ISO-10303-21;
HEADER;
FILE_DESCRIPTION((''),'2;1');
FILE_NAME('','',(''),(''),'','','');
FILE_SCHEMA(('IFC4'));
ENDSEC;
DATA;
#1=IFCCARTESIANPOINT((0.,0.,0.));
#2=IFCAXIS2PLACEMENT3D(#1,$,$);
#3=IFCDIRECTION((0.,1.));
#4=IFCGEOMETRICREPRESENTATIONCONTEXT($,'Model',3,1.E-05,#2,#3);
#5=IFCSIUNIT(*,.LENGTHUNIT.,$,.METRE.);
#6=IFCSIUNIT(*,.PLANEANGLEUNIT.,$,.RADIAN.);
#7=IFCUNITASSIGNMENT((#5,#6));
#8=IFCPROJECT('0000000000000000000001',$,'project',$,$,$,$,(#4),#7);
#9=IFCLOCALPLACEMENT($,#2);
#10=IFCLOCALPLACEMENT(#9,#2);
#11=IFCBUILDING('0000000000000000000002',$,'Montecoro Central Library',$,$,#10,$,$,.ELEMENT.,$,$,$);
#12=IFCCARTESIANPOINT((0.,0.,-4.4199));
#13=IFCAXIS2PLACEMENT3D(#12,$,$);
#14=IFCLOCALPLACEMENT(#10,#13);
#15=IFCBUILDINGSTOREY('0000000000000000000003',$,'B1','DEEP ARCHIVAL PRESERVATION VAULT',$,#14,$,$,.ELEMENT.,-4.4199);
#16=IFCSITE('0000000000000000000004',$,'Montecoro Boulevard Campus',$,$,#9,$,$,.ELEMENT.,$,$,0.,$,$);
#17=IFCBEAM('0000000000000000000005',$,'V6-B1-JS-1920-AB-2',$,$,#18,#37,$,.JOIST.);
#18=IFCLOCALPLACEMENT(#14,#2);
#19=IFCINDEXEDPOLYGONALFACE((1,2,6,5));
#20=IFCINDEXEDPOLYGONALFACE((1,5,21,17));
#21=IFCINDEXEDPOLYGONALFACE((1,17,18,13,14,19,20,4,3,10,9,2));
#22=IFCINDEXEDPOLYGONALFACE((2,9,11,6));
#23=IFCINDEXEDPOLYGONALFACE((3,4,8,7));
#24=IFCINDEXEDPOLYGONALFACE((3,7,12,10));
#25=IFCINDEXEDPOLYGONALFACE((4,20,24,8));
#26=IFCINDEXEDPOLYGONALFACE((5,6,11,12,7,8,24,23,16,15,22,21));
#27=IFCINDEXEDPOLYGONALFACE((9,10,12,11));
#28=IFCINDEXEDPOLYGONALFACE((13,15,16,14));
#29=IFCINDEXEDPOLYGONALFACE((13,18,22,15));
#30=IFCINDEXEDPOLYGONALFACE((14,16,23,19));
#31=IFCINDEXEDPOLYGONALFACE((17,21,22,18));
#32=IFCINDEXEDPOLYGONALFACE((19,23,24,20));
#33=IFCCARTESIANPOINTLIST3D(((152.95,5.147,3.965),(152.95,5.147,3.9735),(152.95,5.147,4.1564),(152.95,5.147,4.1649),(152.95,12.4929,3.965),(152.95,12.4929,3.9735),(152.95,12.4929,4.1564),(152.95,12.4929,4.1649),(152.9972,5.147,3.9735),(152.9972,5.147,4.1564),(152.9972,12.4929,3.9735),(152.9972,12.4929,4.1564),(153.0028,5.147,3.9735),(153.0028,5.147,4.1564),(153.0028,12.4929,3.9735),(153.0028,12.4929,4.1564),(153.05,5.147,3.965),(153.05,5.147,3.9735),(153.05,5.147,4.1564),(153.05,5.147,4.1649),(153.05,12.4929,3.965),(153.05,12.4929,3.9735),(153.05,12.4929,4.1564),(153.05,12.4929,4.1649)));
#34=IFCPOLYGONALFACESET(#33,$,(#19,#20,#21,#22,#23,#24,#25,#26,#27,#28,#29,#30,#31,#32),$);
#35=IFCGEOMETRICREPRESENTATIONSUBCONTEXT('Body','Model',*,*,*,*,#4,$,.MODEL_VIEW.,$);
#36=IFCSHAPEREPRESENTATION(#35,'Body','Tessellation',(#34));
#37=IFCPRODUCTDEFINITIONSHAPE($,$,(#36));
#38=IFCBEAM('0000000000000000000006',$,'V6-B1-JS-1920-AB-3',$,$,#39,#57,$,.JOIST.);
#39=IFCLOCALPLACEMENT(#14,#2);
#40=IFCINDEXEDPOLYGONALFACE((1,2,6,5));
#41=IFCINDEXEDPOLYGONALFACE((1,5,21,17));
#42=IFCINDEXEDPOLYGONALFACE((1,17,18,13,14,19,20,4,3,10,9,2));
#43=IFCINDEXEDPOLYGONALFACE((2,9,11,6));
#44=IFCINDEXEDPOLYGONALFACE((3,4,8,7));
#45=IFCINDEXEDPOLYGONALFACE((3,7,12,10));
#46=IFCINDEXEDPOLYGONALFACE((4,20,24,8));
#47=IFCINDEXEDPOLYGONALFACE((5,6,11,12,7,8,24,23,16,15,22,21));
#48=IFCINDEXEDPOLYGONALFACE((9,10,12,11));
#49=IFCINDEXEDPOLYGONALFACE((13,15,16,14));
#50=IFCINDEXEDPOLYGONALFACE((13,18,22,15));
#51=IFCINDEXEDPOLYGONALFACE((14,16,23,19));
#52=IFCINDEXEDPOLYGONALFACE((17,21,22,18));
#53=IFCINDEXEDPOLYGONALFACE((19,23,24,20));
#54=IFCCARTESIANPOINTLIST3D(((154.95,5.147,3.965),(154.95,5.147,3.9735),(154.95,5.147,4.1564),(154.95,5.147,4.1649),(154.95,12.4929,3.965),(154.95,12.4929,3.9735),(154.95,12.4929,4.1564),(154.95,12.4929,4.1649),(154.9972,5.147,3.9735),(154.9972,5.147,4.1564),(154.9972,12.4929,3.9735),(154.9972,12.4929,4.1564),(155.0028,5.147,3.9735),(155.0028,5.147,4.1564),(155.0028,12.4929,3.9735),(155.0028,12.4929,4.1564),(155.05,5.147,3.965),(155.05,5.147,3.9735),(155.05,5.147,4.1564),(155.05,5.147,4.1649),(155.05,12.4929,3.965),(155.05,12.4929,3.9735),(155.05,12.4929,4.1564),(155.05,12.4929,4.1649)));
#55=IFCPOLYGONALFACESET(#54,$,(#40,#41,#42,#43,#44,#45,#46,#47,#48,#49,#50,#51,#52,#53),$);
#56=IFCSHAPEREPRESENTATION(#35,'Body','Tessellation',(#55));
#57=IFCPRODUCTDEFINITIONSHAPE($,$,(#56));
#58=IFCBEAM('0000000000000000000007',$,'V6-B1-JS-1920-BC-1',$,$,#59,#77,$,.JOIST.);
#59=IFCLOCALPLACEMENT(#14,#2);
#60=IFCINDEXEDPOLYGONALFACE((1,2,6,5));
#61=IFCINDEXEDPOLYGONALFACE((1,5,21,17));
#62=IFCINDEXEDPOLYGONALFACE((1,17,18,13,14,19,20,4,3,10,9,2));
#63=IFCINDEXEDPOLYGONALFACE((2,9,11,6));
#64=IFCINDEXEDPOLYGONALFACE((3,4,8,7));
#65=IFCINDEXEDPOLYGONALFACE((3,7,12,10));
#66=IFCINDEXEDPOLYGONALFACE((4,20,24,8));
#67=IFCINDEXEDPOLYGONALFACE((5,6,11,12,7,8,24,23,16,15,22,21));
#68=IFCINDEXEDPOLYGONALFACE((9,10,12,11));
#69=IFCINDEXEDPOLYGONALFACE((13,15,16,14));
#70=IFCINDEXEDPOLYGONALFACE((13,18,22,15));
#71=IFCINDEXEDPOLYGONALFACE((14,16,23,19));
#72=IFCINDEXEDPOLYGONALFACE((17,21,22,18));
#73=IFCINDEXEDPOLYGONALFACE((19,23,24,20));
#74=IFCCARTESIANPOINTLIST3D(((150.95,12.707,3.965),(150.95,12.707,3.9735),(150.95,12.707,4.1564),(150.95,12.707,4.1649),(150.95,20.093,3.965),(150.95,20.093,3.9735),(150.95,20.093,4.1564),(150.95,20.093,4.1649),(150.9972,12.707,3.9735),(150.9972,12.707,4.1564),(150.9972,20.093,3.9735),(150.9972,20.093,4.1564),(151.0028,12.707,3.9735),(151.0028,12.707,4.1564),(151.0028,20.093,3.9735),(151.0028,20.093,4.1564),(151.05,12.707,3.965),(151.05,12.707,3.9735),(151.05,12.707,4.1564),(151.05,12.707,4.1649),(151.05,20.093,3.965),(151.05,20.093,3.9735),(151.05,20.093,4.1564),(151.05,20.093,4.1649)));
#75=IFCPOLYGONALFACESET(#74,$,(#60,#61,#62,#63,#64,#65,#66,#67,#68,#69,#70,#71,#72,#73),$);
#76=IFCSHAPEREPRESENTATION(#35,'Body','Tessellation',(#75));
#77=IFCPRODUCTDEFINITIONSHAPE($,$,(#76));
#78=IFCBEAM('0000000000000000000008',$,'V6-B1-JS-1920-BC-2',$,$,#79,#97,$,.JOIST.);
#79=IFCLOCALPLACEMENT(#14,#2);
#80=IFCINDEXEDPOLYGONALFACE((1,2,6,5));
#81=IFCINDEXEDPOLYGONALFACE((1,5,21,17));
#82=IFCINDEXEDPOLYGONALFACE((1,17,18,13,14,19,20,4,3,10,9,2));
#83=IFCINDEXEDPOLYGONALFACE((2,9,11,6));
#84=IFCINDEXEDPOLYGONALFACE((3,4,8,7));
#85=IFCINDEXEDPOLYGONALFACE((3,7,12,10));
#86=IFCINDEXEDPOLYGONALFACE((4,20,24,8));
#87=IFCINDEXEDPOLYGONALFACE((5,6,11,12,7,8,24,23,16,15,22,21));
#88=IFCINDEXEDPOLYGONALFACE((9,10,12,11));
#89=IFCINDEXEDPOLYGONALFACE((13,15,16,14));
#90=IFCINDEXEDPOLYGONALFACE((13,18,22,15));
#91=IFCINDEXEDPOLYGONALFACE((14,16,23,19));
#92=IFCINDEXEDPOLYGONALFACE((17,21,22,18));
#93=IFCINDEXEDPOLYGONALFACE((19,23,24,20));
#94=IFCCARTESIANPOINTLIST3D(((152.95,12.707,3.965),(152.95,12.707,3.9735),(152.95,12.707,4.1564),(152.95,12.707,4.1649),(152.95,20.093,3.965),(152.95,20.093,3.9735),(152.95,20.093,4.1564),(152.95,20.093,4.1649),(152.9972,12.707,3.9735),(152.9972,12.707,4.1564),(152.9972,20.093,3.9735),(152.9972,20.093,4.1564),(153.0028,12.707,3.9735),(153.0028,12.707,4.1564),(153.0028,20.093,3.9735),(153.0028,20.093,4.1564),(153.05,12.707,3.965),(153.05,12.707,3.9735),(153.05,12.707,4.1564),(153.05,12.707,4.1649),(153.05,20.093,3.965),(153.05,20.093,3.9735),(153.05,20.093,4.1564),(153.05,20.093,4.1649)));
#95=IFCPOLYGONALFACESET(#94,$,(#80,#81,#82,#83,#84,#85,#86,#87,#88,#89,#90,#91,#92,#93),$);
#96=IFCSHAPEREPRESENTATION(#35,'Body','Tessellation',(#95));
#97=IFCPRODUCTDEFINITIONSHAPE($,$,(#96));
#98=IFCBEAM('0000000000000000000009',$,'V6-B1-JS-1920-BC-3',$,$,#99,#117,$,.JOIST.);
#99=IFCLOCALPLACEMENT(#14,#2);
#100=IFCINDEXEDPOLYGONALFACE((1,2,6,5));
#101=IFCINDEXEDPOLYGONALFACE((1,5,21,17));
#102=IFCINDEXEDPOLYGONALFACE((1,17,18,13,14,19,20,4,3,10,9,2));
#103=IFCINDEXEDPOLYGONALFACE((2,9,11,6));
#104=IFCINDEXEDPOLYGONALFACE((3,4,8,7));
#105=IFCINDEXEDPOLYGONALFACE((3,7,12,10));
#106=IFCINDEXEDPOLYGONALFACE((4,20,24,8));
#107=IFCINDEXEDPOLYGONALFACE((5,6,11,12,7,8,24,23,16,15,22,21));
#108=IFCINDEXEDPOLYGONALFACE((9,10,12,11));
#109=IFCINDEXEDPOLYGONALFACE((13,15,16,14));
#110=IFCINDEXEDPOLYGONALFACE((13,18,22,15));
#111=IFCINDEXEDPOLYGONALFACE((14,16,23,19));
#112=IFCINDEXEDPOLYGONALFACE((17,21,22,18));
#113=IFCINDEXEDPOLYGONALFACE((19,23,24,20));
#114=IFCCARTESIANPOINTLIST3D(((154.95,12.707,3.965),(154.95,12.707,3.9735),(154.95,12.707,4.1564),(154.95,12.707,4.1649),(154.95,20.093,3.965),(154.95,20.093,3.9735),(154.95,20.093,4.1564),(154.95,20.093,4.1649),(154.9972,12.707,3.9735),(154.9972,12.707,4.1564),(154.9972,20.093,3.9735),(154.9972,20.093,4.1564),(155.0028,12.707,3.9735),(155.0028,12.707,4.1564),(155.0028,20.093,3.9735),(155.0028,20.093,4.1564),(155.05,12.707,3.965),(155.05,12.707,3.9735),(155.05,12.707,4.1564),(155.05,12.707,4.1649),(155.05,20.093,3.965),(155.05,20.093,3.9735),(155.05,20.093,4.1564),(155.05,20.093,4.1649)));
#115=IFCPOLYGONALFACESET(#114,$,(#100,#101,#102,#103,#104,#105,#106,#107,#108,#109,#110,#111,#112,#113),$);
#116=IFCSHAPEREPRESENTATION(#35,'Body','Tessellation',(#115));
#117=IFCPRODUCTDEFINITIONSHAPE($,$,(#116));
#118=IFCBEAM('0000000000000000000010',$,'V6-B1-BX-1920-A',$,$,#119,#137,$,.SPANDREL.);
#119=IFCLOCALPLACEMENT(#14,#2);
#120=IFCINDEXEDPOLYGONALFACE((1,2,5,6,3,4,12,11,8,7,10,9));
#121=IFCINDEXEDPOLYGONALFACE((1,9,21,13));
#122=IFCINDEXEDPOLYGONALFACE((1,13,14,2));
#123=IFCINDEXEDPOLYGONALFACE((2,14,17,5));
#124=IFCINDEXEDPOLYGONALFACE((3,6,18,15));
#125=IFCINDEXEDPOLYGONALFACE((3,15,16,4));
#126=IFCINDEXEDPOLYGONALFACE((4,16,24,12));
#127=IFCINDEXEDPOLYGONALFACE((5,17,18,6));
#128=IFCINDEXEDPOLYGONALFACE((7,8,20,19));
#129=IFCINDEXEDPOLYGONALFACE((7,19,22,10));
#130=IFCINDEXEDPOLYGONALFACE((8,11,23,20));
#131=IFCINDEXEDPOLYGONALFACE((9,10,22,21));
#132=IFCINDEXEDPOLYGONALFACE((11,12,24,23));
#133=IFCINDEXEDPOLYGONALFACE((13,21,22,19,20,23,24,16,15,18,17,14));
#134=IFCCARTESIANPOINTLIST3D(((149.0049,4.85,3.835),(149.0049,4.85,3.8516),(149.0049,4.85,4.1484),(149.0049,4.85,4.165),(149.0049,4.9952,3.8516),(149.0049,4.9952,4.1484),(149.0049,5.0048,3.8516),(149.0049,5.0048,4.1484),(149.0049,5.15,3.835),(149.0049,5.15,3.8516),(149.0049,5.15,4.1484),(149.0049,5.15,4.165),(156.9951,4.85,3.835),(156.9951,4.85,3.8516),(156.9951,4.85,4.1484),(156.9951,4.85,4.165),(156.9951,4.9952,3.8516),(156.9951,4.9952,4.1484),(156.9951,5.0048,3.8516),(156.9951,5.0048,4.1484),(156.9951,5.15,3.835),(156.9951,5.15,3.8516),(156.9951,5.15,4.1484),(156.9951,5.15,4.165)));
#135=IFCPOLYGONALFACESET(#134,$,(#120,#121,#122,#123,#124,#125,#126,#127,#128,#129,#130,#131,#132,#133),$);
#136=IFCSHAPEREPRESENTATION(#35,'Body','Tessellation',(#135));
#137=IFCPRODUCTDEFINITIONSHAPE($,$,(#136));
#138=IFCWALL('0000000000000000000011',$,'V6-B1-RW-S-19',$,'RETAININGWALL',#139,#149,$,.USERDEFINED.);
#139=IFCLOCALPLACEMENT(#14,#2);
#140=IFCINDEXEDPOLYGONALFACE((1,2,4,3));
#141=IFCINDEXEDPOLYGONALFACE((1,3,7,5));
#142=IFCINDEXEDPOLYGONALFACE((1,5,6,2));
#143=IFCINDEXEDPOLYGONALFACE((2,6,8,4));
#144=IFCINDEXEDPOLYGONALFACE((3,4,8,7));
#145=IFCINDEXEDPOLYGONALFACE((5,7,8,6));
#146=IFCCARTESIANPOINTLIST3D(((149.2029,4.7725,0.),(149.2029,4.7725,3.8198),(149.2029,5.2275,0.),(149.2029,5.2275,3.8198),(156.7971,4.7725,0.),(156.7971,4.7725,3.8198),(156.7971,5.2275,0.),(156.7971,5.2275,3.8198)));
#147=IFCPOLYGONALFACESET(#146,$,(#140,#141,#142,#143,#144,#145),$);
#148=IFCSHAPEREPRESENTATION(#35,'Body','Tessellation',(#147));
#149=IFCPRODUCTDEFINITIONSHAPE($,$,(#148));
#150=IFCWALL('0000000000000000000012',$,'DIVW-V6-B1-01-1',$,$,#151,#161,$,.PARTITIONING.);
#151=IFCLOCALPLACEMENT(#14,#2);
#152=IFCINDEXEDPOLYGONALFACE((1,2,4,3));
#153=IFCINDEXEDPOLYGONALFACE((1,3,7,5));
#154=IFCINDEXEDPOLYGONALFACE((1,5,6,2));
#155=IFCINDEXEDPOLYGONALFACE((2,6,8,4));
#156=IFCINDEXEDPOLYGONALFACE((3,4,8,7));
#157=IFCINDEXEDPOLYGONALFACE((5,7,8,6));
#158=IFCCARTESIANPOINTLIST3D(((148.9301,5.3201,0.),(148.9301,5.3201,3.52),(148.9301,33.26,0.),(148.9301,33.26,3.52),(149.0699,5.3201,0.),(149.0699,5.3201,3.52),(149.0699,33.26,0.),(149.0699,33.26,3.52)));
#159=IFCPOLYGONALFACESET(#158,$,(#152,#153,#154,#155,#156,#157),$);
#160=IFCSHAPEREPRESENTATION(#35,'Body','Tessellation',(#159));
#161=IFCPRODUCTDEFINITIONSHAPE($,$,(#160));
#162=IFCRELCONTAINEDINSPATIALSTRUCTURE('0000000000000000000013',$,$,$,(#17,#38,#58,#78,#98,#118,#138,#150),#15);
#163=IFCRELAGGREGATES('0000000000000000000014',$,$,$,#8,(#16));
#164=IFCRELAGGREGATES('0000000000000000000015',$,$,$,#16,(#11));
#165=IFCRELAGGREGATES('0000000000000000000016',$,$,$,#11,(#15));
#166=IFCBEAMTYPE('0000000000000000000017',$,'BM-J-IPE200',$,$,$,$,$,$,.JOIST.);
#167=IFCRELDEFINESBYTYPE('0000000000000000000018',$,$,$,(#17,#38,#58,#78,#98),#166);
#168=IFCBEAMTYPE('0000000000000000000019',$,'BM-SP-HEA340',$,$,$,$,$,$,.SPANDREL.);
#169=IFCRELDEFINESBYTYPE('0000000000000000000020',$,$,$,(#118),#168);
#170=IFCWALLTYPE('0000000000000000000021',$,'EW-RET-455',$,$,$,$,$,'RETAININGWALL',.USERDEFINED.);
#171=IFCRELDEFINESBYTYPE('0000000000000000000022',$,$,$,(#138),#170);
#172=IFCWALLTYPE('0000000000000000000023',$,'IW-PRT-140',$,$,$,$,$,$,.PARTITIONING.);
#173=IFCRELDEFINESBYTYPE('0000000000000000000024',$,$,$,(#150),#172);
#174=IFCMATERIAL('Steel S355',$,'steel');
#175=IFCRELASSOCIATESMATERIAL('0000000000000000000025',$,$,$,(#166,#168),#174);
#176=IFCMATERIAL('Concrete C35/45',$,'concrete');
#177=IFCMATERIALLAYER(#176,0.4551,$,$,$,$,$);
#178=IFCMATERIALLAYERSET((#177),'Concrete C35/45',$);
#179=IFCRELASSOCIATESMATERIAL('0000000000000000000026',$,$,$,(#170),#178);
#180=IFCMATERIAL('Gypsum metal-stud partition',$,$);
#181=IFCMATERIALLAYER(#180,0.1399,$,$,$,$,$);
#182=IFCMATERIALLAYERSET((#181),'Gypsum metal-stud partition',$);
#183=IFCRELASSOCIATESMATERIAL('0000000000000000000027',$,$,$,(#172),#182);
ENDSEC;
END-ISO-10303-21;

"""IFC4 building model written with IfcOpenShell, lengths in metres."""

from ifc_helpers import new_model, si_unit, direction, frame, frame_2d, origin, origin_2d, place, context, subcontext, project, spatial, rectangle, i_section, extrude, material, layer, layer_set, material_profile, profile_set, type_object, element, save


model = new_model("IFC4")

# Units and contexts
model_context = context("Model", 3, precision=1e-05, world=origin(), true_north=direction((0.0, 1.0)))
body_context = subcontext(model_context, "Body", "Model", "MODEL_VIEW")
ifc_project = project(units=[si_unit("LENGTHUNIT", "METRE"), si_unit("PLANEANGLEUNIT", "RADIAN")], contexts=[model_context])

# Site, building, storey
site_placement = place(None, origin())
site = spatial("IfcSite", under=ifc_project, at=site_placement, Name="Montecoro Boulevard Campus", CompositionType="ELEMENT", RefElevation=0.0)
building_placement = place(site_placement, origin())
building = spatial("IfcBuilding", under=site, at=building_placement, Name="Montecoro Central Library", CompositionType="ELEMENT")
storey_placement = place(building_placement, frame((0.0, 0.0, -4.4199)))
storey = spatial("IfcBuildingStorey", under=building, at=storey_placement, Name="B1", Description="DEEP ARCHIVAL PRESERVATION VAULT", CompositionType="ELEMENT", Elevation=-4.4199)

# Shared definitions
ifc_material_1 = material(Name="Concrete C35/45", Category="concrete")

# Beams
ifc_material_2 = material(Name="Steel S355", Category="steel")
ifc_material_profile_1 = material_profile(ifc_material_2, i_section(OverallWidth=0.1001, OverallDepth=0.2, WebThickness=0.0056, FlangeThickness=0.0085, at=origin_2d()), Name="IPE 200")
ifc_profile_set_1 = profile_set([ifc_material_profile_1], Name="Steel S355")
beam_type_1 = type_object("IfcBeamType", Name="BM-J-IPE200", PredefinedType="JOIST", material=ifc_profile_set_1)
for number, where, z_axis, x_axis, name in (
    (1, (153.0, 5.147, 4.0649), (0.0, 1.0, 0.0), (-1.0, 0.0, 0.0), "V6-B1-JS-1920-AB-2"),
    (2, (155.0, 5.147, 4.0649), (0.0, 1.0, 0.0), (-1.0, 0.0, 0.0), "V6-B1-JS-1920-AB-3"),
):
    element("IfcBeam", number, at=place(storey_placement, frame(where, z_axis=z_axis, x_axis=x_axis)), inside=storey, type_object=beam_type_1, Name=name, PredefinedType="JOIST", context=body_context, shape_type="SweptSolid", body=[
        extrude(i_section(OverallWidth=0.1001, OverallDepth=0.2, WebThickness=0.0056, FlangeThickness=0.0085, at=origin_2d()), origin(), (0.0, 0.0, 1.0), 7.3459),
    ])
for number, where, z_axis, x_axis, name in (
    (3, (151.0, 12.707, 4.0649), (0.0, 1.0, 0.0), (-1.0, 0.0, 0.0), "V6-B1-JS-1920-BC-1"),
    (4, (153.0, 12.707, 4.0649), (0.0, 1.0, 0.0), (-1.0, 0.0, 0.0), "V6-B1-JS-1920-BC-2"),
    (5, (155.0, 12.707, 4.0649), (0.0, 1.0, 0.0), (-1.0, 0.0, 0.0), "V6-B1-JS-1920-BC-3"),
):
    element("IfcBeam", number, at=place(storey_placement, frame(where, z_axis=z_axis, x_axis=x_axis)), inside=storey, type_object=beam_type_1, Name=name, PredefinedType="JOIST", context=body_context, shape_type="SweptSolid", body=[
        extrude(i_section(OverallWidth=0.1001, OverallDepth=0.2, WebThickness=0.0056, FlangeThickness=0.0085, at=origin_2d()), origin(), (0.0, 0.0, 1.0), 7.386),
    ])
ifc_material_profile_2 = material_profile(ifc_material_2, i_section(OverallWidth=0.3, OverallDepth=0.3301, WebThickness=0.0095, FlangeThickness=0.0166, at=origin_2d()), Name="HEA 340")
ifc_profile_set_2 = profile_set([ifc_material_profile_2], Name="Steel S355")
beam_type_2 = type_object("IfcBeamType", Name="BM-SP-HEA340", PredefinedType="SPANDREL", material=ifc_profile_set_2)
beam_1_placement = place(storey_placement, frame((149.0049, 5.0, 4.0), z_axis=(1.0, 0.0, 0.0), x_axis=(0.0, 1.0, 0.0)))
element("IfcBeam", 6, at=beam_1_placement, inside=storey, type_object=beam_type_2, Name="V6-B1-BX-1920-A", PredefinedType="SPANDREL", context=body_context, shape_type="SweptSolid", body=[
    extrude(i_section(OverallWidth=0.3, OverallDepth=0.3301, WebThickness=0.0095, FlangeThickness=0.0166, at=origin_2d()), origin(), (0.0, 0.0, 1.0), 7.9902),
])

# Walls
ifc_layer_1 = layer(ifc_material_1, 0.4551)
ifc_layer_set_1 = layer_set([ifc_layer_1], Name="Concrete C35/45")
wall_type_1 = type_object("IfcWallType", Name="EW-RET-455", ElementType="RETAININGWALL", PredefinedType="USERDEFINED", material=ifc_layer_set_1)
wall_1_placement = place(storey_placement, frame((149.2029, 5.0, 0.0), z_axis=(0.0, 0.0, 1.0), x_axis=(1.0, 0.0, 0.0)))
element("IfcWall", 7, at=wall_1_placement, inside=storey, type_object=wall_type_1, Name="V6-B1-RW-S-19", ObjectType="RETAININGWALL", PredefinedType="USERDEFINED", context=body_context, shape_type="SweptSolid", body=[
    extrude(rectangle(XDim=7.5942, YDim=0.4551, at=frame_2d((3.7971, 0.0))), origin(), (0.0, 0.0, 1.0), 3.8198),
])
ifc_material_3 = material(Name="Gypsum metal-stud partition")
ifc_layer_2 = layer(ifc_material_3, 0.1399)
ifc_layer_set_2 = layer_set([ifc_layer_2], Name="Gypsum metal-stud partition")
wall_type_2 = type_object("IfcWallType", Name="IW-PRT-140", PredefinedType="PARTITIONING", material=ifc_layer_set_2)
wall_2_placement = place(storey_placement, frame((149.0, 5.3201, 0.0), z_axis=(0.0, 0.0, 1.0), x_axis=(0.0, 1.0, 0.0)))
element("IfcWall", 8, at=wall_2_placement, inside=storey, type_object=wall_type_2, Name="DIVW-V6-B1-01-1", PredefinedType="PARTITIONING", context=body_context, shape_type="SweptSolid", body=[
    extrude(rectangle(XDim=27.9399, YDim=0.1399, at=frame_2d((13.97, 0.0))), origin(), (0.0, 0.0, 1.0), 3.52),
])

save(model, "model.ifc")
